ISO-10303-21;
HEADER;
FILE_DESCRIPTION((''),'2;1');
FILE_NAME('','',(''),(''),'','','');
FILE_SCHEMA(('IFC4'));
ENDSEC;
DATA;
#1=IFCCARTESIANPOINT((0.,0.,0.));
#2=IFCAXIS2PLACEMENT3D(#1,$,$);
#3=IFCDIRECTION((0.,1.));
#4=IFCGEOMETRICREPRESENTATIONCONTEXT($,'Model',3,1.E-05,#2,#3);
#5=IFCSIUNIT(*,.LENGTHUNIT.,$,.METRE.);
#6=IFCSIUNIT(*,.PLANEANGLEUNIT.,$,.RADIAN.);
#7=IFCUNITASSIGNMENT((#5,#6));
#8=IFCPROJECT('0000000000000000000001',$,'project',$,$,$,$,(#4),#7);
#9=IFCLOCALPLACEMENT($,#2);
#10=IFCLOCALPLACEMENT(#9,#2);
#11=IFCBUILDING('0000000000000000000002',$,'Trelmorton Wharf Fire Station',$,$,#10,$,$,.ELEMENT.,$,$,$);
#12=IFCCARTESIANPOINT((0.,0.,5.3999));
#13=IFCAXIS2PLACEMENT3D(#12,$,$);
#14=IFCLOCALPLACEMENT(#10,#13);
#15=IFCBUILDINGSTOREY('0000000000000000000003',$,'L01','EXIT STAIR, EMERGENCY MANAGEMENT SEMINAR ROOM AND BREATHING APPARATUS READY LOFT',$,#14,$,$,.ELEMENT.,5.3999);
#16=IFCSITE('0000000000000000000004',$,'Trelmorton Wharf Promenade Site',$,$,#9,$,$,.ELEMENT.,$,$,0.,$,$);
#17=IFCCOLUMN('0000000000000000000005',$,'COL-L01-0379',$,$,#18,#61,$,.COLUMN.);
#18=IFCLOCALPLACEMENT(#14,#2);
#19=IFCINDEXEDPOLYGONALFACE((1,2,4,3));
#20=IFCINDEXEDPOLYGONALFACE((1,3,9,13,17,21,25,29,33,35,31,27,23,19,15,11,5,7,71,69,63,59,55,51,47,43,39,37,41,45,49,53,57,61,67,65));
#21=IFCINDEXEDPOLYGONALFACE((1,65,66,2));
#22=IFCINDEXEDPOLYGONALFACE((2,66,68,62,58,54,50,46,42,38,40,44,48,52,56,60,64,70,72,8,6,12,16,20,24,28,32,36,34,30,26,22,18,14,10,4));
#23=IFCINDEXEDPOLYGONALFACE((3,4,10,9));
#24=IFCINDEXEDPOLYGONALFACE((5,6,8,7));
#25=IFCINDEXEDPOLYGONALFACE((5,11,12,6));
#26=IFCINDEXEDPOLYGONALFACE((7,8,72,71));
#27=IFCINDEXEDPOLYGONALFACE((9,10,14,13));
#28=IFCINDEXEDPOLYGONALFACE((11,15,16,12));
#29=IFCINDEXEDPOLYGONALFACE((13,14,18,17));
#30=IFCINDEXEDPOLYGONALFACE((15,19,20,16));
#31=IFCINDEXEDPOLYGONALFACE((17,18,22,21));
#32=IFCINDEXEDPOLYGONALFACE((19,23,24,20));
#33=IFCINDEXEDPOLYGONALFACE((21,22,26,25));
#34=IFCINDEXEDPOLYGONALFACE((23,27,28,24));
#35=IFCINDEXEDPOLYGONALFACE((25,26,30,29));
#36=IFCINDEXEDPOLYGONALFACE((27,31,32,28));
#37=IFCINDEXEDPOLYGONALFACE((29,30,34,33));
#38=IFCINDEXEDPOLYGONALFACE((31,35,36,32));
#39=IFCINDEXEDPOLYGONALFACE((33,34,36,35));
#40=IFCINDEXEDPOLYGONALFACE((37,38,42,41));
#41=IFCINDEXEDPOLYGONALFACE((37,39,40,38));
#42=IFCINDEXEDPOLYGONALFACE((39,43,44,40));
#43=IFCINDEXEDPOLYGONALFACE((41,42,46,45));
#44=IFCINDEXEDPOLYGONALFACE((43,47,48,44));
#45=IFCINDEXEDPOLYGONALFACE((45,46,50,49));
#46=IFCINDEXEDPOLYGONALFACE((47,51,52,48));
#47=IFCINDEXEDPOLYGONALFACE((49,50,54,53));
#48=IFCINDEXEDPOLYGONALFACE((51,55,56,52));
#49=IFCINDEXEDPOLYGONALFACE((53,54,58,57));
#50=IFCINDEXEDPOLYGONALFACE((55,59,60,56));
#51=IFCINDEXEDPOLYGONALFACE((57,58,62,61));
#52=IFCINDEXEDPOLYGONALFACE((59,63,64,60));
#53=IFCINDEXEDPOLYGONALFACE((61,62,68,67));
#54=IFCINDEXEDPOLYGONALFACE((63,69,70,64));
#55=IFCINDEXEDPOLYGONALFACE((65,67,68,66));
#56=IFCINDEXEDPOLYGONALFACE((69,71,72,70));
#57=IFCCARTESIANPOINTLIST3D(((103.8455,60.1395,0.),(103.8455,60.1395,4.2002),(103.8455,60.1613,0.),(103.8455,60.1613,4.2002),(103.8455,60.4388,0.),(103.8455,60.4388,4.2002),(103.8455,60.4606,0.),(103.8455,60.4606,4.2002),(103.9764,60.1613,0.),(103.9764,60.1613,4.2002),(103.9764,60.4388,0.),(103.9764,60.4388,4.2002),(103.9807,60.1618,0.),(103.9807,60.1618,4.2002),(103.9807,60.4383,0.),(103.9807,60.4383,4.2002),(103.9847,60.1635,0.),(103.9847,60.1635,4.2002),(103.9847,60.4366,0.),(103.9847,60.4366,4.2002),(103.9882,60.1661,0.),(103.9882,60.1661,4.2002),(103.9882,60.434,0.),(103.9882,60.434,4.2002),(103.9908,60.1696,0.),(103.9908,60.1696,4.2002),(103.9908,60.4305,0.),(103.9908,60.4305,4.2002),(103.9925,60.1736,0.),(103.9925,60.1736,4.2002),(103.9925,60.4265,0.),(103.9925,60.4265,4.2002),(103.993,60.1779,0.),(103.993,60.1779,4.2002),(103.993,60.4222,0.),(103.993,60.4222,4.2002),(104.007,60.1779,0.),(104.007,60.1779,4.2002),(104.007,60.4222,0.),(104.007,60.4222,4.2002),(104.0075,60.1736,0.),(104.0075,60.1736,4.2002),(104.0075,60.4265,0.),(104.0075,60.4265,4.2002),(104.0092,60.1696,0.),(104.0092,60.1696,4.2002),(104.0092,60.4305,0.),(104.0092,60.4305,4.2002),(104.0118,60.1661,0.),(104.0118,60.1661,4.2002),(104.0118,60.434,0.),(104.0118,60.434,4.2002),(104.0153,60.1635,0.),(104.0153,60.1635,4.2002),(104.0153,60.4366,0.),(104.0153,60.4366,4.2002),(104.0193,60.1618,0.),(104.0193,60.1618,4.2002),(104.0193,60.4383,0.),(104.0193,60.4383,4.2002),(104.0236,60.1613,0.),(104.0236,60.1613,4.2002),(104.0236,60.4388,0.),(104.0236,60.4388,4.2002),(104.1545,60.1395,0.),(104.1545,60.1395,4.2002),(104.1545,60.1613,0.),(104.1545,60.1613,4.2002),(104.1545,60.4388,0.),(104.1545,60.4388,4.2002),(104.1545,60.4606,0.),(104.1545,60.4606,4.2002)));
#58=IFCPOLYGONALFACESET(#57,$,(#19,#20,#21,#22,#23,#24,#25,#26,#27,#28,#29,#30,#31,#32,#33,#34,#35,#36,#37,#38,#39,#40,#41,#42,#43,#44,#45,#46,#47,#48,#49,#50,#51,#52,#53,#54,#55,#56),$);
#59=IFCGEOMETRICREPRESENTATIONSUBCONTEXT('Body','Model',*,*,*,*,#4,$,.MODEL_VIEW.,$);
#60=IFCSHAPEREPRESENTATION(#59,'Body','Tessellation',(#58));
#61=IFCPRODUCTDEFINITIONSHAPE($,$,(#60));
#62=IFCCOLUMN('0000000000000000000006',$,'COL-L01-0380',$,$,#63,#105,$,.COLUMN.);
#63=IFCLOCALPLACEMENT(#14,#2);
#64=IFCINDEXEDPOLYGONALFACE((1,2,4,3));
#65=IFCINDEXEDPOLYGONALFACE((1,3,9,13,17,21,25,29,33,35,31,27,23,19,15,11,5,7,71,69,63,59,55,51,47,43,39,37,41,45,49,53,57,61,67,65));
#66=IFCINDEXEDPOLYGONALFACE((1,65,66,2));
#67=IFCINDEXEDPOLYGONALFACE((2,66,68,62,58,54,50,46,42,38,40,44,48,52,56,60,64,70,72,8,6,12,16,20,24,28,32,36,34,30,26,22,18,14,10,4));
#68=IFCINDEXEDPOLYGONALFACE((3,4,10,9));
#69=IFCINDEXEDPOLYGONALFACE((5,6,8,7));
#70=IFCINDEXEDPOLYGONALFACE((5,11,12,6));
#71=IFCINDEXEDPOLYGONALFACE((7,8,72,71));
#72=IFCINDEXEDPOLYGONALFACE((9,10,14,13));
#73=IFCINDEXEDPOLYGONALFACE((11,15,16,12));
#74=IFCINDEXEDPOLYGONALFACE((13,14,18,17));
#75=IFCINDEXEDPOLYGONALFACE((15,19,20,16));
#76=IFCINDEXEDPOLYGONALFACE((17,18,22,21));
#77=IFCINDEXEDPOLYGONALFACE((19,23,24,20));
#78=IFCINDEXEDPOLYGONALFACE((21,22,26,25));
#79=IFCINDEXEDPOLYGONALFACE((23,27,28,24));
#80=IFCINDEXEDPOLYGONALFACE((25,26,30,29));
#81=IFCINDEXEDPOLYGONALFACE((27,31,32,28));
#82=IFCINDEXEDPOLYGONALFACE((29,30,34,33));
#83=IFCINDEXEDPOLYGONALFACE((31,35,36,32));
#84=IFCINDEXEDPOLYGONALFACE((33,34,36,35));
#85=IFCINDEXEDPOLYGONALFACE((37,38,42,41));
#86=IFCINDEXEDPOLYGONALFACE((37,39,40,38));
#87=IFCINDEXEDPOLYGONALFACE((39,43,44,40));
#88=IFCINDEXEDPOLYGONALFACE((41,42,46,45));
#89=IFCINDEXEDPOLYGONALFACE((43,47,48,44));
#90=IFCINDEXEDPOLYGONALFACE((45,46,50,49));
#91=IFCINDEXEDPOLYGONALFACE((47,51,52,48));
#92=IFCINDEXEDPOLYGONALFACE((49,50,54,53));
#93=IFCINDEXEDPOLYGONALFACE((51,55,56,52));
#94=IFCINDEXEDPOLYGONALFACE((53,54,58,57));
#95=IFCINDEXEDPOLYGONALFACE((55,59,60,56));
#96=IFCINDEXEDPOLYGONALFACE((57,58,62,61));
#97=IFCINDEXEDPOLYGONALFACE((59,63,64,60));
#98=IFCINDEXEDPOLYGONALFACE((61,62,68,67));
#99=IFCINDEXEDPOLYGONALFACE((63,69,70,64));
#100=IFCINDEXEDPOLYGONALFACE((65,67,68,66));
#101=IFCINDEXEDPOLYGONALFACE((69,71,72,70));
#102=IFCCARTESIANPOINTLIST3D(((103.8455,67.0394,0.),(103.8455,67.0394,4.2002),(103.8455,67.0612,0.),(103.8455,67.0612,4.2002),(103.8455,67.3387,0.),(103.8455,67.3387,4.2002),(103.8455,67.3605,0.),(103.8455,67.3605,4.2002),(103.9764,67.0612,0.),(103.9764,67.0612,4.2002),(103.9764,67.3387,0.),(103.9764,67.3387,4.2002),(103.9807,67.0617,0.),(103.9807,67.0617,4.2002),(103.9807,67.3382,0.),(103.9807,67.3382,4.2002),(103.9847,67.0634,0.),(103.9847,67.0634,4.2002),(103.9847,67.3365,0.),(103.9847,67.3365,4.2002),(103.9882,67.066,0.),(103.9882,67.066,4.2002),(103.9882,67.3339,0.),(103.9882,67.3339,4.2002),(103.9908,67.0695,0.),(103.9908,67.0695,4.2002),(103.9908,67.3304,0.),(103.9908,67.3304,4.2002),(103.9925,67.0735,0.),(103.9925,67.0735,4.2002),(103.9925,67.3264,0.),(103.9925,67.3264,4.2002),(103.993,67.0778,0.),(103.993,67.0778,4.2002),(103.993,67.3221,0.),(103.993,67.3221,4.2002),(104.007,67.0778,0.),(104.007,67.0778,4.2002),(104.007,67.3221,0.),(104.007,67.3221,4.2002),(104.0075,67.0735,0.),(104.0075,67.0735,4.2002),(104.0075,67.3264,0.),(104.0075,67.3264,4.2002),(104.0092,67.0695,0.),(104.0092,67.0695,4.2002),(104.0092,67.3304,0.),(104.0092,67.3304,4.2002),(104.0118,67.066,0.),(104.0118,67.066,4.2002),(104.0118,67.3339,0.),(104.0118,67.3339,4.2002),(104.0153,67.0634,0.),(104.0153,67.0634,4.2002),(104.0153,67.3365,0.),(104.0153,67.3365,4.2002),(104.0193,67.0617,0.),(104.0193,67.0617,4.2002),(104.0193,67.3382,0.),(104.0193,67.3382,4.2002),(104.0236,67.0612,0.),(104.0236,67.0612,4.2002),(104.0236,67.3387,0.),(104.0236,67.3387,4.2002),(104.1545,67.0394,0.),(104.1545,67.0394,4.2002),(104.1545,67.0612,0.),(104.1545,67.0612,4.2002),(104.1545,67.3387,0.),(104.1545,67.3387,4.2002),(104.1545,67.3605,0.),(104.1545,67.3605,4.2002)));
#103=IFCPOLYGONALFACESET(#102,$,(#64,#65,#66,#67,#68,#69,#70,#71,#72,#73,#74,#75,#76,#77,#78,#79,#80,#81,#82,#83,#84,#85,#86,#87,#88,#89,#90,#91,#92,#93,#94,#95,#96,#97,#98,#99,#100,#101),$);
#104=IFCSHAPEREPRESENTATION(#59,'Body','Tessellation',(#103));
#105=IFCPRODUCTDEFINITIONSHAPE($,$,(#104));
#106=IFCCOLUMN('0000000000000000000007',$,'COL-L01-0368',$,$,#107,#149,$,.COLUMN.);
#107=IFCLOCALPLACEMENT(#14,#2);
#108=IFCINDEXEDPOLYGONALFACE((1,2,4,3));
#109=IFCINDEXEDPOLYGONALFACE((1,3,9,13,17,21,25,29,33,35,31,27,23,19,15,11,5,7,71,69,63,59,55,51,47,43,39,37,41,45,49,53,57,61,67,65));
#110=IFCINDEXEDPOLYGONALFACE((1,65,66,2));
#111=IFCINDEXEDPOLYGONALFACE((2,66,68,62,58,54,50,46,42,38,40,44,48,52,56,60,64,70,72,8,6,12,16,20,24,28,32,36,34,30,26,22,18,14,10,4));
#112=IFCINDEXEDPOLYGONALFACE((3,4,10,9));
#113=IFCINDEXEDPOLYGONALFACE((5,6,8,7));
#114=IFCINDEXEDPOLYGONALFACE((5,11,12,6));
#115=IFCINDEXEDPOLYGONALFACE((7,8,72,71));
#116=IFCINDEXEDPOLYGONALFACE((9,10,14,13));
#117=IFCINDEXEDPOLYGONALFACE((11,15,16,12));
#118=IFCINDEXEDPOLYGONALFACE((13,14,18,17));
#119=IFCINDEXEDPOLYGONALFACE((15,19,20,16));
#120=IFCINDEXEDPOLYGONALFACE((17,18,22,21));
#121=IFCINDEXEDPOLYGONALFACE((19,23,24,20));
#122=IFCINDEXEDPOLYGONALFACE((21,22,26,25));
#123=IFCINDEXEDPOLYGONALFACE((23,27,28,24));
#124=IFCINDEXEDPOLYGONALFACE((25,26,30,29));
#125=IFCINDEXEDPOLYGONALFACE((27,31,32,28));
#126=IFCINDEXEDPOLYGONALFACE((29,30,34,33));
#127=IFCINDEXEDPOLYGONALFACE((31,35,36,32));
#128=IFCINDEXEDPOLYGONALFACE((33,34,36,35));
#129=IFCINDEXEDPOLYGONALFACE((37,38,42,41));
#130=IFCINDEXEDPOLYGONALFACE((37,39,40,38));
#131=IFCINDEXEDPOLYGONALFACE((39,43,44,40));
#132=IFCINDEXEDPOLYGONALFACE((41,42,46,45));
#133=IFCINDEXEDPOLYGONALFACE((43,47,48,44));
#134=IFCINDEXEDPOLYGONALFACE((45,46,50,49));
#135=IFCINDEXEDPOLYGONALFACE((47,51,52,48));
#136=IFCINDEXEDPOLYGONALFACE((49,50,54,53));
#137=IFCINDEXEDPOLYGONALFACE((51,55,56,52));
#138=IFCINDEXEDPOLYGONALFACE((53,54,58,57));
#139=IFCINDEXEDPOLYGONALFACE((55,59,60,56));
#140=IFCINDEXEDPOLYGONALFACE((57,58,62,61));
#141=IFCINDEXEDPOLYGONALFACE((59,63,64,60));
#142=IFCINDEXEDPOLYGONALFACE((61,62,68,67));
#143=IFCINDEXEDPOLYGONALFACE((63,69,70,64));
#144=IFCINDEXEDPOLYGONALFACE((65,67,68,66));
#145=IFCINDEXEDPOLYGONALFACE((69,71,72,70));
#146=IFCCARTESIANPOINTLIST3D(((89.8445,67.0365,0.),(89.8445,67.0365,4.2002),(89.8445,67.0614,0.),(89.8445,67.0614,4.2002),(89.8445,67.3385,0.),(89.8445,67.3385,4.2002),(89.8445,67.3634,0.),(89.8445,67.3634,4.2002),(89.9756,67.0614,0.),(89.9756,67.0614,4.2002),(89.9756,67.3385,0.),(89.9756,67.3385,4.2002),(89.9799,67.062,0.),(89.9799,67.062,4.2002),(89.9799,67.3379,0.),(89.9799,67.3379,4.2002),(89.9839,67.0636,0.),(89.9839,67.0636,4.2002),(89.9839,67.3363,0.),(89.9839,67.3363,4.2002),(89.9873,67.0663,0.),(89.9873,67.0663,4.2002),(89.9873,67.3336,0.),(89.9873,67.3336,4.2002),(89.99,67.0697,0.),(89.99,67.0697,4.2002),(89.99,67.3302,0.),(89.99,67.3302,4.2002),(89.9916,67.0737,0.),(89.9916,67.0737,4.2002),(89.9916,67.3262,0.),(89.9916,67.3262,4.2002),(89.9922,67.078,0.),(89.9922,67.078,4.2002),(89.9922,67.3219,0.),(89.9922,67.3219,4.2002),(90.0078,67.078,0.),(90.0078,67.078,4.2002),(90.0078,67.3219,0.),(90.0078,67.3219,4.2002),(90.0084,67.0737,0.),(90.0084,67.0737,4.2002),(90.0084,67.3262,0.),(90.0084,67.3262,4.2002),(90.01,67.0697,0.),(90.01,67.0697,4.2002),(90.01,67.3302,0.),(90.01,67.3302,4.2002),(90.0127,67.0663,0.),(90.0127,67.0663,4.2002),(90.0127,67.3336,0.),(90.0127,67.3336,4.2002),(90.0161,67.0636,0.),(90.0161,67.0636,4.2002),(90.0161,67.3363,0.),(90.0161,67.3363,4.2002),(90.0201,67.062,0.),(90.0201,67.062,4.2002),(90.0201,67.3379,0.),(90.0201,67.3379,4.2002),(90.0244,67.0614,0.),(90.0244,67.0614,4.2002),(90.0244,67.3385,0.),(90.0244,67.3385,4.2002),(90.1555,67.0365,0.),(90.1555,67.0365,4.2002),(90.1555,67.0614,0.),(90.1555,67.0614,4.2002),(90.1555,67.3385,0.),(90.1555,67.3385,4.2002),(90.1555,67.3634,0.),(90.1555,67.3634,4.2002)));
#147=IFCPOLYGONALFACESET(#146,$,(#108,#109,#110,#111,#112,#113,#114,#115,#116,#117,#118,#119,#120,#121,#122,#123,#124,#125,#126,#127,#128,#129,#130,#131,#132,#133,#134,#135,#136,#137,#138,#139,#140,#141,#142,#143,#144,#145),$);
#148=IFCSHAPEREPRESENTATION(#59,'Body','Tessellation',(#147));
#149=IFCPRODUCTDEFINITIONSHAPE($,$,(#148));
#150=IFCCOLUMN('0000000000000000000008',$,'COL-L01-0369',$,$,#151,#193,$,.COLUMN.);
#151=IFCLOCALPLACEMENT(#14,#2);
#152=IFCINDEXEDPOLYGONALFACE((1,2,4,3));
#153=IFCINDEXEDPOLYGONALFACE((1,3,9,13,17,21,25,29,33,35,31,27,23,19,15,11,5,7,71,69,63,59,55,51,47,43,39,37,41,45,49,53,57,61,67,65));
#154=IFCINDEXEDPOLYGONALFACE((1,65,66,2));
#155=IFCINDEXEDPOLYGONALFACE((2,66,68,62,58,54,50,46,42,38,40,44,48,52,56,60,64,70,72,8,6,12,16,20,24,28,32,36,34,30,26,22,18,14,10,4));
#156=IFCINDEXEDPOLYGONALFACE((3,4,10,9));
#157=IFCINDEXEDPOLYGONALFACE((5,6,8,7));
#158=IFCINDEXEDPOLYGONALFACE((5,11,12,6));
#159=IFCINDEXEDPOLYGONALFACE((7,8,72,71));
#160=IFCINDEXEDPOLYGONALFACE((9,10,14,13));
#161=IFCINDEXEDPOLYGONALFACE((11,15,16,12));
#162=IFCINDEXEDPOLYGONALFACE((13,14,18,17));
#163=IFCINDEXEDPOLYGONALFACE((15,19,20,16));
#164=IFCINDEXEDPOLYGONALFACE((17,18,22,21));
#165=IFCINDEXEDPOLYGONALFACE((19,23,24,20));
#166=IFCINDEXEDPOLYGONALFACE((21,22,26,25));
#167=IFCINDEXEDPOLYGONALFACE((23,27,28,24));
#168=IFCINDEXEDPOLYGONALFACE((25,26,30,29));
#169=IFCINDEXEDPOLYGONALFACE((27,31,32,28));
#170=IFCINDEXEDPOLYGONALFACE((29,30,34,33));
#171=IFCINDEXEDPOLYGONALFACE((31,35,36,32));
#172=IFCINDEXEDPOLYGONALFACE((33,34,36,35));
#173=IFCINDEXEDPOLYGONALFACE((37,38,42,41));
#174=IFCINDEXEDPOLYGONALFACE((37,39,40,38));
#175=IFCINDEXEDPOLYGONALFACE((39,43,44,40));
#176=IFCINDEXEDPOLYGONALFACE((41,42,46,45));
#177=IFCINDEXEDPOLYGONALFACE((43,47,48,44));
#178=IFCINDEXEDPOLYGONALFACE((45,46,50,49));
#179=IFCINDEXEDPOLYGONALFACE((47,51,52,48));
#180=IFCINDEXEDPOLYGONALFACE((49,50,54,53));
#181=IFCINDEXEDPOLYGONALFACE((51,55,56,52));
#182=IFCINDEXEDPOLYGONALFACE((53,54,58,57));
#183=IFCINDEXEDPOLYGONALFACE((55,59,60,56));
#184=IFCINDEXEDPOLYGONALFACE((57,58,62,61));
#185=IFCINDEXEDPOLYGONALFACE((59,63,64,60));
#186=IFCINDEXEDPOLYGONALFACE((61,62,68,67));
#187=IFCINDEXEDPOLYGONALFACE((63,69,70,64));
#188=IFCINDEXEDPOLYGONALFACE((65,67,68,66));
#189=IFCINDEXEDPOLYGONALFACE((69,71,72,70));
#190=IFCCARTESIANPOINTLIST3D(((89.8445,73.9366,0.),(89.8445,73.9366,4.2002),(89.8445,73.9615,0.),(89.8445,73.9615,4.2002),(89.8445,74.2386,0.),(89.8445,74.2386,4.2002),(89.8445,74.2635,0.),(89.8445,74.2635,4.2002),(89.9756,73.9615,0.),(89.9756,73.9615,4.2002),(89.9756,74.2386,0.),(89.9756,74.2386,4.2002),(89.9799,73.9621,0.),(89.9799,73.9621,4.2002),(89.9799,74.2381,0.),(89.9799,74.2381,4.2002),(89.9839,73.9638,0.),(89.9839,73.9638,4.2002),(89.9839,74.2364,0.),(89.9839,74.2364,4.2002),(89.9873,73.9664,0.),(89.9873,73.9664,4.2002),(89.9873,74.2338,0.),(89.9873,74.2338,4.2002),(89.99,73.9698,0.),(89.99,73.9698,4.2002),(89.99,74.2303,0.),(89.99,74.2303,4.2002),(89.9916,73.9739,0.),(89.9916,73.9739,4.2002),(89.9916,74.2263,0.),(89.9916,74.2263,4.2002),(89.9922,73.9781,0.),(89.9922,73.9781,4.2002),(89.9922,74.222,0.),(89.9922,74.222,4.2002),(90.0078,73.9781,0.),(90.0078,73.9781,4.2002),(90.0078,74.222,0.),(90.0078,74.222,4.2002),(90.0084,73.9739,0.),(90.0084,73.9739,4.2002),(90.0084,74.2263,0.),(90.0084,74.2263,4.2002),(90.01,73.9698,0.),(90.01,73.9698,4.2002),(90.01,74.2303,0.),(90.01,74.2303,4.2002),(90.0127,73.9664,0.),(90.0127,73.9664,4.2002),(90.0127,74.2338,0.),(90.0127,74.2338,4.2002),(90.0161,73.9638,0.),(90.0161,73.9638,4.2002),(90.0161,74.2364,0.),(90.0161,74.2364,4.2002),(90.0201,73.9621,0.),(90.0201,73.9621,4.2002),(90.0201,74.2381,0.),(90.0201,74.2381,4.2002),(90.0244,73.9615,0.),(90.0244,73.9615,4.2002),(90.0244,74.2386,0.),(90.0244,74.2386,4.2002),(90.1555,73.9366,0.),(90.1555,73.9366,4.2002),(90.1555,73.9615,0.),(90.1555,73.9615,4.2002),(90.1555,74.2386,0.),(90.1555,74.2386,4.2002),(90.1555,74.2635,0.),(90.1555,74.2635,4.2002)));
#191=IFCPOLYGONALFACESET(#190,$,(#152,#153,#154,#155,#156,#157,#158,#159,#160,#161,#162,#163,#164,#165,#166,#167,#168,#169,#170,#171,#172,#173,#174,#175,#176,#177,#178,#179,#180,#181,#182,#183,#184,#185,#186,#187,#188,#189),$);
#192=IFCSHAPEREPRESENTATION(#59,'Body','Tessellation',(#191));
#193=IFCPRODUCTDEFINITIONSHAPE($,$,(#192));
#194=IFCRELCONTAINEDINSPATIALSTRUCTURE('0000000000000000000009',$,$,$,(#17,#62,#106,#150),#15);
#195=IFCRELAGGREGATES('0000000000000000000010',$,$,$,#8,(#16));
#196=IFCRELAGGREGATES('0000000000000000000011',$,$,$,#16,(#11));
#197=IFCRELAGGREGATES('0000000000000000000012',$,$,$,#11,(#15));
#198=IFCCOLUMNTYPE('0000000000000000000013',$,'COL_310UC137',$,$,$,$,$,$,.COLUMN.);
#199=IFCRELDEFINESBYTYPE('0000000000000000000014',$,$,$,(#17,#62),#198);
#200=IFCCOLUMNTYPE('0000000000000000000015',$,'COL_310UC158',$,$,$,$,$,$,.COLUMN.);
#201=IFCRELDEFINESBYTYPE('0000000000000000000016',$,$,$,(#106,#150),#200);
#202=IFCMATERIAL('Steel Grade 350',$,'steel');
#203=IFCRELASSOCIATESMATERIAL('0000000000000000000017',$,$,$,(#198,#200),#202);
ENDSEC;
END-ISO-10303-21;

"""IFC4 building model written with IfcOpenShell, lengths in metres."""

from ifc_helpers import new_model, si_unit, direction, frame, origin, origin_2d, place, context, subcontext, project, spatial, i_section, extrude, material, material_profile, profile_set, type_object, element, save


model = new_model("IFC4")

# Units and contexts
model_context = context("Model", 3, precision=1e-05, world=origin(), true_north=direction((0.0, 1.0)))
body_context = subcontext(model_context, "Body", "Model", "MODEL_VIEW")
ifc_project = project(units=[si_unit("LENGTHUNIT", "METRE"), si_unit("PLANEANGLEUNIT", "RADIAN")], contexts=[model_context])

# Site, building, storey
site_placement = place(None, origin())
site = spatial("IfcSite", under=ifc_project, at=site_placement, Name="Trelmorton Wharf Promenade Site", CompositionType="ELEMENT", RefElevation=0.0)
building_placement = place(site_placement, origin())
building = spatial("IfcBuilding", under=site, at=building_placement, Name="Trelmorton Wharf Fire Station", CompositionType="ELEMENT")
storey_placement = place(building_placement, frame((0.0, 0.0, 5.3999)))
storey = spatial("IfcBuildingStorey", under=building, at=storey_placement, Name="L01", Description="EXIT STAIR, EMERGENCY MANAGEMENT SEMINAR ROOM AND BREATHING APPARATUS READY LOFT", CompositionType="ELEMENT", Elevation=5.3999)

# Columns
ifc_material_1 = material(Name="Steel Grade 350", Category="steel")
ifc_material_profile_1 = material_profile(ifc_material_1, i_section(OverallWidth=0.3091, OverallDepth=0.321, WebThickness=0.0139, FlangeThickness=0.0217, FilletRadius=0.0166, at=origin_2d()), Name="310UC137")
ifc_profile_set_1 = profile_set([ifc_material_profile_1], Name="Steel Grade 350")
column_type_1 = type_object("IfcColumnType", Name="COL_310UC137", PredefinedType="COLUMN", material=ifc_profile_set_1)
for number, where, z_axis, x_axis, name in (
    (1, (104.0, 60.3, 0.0), (0.0, 0.0, 1.0), (1.0, 0.0, 0.0), "COL-L01-0379"),
    (2, (104.0, 67.2, 0.0), (0.0, 0.0, 1.0), (1.0, 0.0, 0.0), "COL-L01-0380"),
):
    element("IfcColumn", number, at=place(storey_placement, frame(where, z_axis=z_axis, x_axis=x_axis)), inside=storey, type_object=column_type_1, Name=name, PredefinedType="COLUMN", context=body_context, shape_type="SweptSolid", body=[
        extrude(i_section(OverallWidth=0.3091, OverallDepth=0.321, WebThickness=0.0139, FlangeThickness=0.0217, FilletRadius=0.0166, at=origin_2d()), origin(), (0.0, 0.0, 1.0), 4.2002),
    ])
ifc_material_profile_2 = material_profile(ifc_material_1, i_section(OverallWidth=0.311, OverallDepth=0.3269, WebThickness=0.0156, FlangeThickness=0.0249, FilletRadius=0.0166, at=origin_2d()), Name="310UC158")
ifc_profile_set_2 = profile_set([ifc_material_profile_2], Name="Steel Grade 350")
column_type_2 = type_object("IfcColumnType", Name="COL_310UC158", PredefinedType="COLUMN", material=ifc_profile_set_2)
for number, where, z_axis, x_axis, name in (
    (3, (90.0, 67.2, 0.0), (0.0, 0.0, 1.0), (1.0, 0.0, 0.0), "COL-L01-0368"),
    (4, (90.0, 74.1001, 0.0), (0.0, 0.0, 1.0), (1.0, 0.0, 0.0), "COL-L01-0369"),
):
    element("IfcColumn", number, at=place(storey_placement, frame(where, z_axis=z_axis, x_axis=x_axis)), inside=storey, type_object=column_type_2, Name=name, PredefinedType="COLUMN", context=body_context, shape_type="SweptSolid", body=[
        extrude(i_section(OverallWidth=0.311, OverallDepth=0.3269, WebThickness=0.0156, FlangeThickness=0.0249, FilletRadius=0.0166, at=origin_2d()), origin(), (0.0, 0.0, 1.0), 4.2002),
    ])

save(model, "model.ifc")
